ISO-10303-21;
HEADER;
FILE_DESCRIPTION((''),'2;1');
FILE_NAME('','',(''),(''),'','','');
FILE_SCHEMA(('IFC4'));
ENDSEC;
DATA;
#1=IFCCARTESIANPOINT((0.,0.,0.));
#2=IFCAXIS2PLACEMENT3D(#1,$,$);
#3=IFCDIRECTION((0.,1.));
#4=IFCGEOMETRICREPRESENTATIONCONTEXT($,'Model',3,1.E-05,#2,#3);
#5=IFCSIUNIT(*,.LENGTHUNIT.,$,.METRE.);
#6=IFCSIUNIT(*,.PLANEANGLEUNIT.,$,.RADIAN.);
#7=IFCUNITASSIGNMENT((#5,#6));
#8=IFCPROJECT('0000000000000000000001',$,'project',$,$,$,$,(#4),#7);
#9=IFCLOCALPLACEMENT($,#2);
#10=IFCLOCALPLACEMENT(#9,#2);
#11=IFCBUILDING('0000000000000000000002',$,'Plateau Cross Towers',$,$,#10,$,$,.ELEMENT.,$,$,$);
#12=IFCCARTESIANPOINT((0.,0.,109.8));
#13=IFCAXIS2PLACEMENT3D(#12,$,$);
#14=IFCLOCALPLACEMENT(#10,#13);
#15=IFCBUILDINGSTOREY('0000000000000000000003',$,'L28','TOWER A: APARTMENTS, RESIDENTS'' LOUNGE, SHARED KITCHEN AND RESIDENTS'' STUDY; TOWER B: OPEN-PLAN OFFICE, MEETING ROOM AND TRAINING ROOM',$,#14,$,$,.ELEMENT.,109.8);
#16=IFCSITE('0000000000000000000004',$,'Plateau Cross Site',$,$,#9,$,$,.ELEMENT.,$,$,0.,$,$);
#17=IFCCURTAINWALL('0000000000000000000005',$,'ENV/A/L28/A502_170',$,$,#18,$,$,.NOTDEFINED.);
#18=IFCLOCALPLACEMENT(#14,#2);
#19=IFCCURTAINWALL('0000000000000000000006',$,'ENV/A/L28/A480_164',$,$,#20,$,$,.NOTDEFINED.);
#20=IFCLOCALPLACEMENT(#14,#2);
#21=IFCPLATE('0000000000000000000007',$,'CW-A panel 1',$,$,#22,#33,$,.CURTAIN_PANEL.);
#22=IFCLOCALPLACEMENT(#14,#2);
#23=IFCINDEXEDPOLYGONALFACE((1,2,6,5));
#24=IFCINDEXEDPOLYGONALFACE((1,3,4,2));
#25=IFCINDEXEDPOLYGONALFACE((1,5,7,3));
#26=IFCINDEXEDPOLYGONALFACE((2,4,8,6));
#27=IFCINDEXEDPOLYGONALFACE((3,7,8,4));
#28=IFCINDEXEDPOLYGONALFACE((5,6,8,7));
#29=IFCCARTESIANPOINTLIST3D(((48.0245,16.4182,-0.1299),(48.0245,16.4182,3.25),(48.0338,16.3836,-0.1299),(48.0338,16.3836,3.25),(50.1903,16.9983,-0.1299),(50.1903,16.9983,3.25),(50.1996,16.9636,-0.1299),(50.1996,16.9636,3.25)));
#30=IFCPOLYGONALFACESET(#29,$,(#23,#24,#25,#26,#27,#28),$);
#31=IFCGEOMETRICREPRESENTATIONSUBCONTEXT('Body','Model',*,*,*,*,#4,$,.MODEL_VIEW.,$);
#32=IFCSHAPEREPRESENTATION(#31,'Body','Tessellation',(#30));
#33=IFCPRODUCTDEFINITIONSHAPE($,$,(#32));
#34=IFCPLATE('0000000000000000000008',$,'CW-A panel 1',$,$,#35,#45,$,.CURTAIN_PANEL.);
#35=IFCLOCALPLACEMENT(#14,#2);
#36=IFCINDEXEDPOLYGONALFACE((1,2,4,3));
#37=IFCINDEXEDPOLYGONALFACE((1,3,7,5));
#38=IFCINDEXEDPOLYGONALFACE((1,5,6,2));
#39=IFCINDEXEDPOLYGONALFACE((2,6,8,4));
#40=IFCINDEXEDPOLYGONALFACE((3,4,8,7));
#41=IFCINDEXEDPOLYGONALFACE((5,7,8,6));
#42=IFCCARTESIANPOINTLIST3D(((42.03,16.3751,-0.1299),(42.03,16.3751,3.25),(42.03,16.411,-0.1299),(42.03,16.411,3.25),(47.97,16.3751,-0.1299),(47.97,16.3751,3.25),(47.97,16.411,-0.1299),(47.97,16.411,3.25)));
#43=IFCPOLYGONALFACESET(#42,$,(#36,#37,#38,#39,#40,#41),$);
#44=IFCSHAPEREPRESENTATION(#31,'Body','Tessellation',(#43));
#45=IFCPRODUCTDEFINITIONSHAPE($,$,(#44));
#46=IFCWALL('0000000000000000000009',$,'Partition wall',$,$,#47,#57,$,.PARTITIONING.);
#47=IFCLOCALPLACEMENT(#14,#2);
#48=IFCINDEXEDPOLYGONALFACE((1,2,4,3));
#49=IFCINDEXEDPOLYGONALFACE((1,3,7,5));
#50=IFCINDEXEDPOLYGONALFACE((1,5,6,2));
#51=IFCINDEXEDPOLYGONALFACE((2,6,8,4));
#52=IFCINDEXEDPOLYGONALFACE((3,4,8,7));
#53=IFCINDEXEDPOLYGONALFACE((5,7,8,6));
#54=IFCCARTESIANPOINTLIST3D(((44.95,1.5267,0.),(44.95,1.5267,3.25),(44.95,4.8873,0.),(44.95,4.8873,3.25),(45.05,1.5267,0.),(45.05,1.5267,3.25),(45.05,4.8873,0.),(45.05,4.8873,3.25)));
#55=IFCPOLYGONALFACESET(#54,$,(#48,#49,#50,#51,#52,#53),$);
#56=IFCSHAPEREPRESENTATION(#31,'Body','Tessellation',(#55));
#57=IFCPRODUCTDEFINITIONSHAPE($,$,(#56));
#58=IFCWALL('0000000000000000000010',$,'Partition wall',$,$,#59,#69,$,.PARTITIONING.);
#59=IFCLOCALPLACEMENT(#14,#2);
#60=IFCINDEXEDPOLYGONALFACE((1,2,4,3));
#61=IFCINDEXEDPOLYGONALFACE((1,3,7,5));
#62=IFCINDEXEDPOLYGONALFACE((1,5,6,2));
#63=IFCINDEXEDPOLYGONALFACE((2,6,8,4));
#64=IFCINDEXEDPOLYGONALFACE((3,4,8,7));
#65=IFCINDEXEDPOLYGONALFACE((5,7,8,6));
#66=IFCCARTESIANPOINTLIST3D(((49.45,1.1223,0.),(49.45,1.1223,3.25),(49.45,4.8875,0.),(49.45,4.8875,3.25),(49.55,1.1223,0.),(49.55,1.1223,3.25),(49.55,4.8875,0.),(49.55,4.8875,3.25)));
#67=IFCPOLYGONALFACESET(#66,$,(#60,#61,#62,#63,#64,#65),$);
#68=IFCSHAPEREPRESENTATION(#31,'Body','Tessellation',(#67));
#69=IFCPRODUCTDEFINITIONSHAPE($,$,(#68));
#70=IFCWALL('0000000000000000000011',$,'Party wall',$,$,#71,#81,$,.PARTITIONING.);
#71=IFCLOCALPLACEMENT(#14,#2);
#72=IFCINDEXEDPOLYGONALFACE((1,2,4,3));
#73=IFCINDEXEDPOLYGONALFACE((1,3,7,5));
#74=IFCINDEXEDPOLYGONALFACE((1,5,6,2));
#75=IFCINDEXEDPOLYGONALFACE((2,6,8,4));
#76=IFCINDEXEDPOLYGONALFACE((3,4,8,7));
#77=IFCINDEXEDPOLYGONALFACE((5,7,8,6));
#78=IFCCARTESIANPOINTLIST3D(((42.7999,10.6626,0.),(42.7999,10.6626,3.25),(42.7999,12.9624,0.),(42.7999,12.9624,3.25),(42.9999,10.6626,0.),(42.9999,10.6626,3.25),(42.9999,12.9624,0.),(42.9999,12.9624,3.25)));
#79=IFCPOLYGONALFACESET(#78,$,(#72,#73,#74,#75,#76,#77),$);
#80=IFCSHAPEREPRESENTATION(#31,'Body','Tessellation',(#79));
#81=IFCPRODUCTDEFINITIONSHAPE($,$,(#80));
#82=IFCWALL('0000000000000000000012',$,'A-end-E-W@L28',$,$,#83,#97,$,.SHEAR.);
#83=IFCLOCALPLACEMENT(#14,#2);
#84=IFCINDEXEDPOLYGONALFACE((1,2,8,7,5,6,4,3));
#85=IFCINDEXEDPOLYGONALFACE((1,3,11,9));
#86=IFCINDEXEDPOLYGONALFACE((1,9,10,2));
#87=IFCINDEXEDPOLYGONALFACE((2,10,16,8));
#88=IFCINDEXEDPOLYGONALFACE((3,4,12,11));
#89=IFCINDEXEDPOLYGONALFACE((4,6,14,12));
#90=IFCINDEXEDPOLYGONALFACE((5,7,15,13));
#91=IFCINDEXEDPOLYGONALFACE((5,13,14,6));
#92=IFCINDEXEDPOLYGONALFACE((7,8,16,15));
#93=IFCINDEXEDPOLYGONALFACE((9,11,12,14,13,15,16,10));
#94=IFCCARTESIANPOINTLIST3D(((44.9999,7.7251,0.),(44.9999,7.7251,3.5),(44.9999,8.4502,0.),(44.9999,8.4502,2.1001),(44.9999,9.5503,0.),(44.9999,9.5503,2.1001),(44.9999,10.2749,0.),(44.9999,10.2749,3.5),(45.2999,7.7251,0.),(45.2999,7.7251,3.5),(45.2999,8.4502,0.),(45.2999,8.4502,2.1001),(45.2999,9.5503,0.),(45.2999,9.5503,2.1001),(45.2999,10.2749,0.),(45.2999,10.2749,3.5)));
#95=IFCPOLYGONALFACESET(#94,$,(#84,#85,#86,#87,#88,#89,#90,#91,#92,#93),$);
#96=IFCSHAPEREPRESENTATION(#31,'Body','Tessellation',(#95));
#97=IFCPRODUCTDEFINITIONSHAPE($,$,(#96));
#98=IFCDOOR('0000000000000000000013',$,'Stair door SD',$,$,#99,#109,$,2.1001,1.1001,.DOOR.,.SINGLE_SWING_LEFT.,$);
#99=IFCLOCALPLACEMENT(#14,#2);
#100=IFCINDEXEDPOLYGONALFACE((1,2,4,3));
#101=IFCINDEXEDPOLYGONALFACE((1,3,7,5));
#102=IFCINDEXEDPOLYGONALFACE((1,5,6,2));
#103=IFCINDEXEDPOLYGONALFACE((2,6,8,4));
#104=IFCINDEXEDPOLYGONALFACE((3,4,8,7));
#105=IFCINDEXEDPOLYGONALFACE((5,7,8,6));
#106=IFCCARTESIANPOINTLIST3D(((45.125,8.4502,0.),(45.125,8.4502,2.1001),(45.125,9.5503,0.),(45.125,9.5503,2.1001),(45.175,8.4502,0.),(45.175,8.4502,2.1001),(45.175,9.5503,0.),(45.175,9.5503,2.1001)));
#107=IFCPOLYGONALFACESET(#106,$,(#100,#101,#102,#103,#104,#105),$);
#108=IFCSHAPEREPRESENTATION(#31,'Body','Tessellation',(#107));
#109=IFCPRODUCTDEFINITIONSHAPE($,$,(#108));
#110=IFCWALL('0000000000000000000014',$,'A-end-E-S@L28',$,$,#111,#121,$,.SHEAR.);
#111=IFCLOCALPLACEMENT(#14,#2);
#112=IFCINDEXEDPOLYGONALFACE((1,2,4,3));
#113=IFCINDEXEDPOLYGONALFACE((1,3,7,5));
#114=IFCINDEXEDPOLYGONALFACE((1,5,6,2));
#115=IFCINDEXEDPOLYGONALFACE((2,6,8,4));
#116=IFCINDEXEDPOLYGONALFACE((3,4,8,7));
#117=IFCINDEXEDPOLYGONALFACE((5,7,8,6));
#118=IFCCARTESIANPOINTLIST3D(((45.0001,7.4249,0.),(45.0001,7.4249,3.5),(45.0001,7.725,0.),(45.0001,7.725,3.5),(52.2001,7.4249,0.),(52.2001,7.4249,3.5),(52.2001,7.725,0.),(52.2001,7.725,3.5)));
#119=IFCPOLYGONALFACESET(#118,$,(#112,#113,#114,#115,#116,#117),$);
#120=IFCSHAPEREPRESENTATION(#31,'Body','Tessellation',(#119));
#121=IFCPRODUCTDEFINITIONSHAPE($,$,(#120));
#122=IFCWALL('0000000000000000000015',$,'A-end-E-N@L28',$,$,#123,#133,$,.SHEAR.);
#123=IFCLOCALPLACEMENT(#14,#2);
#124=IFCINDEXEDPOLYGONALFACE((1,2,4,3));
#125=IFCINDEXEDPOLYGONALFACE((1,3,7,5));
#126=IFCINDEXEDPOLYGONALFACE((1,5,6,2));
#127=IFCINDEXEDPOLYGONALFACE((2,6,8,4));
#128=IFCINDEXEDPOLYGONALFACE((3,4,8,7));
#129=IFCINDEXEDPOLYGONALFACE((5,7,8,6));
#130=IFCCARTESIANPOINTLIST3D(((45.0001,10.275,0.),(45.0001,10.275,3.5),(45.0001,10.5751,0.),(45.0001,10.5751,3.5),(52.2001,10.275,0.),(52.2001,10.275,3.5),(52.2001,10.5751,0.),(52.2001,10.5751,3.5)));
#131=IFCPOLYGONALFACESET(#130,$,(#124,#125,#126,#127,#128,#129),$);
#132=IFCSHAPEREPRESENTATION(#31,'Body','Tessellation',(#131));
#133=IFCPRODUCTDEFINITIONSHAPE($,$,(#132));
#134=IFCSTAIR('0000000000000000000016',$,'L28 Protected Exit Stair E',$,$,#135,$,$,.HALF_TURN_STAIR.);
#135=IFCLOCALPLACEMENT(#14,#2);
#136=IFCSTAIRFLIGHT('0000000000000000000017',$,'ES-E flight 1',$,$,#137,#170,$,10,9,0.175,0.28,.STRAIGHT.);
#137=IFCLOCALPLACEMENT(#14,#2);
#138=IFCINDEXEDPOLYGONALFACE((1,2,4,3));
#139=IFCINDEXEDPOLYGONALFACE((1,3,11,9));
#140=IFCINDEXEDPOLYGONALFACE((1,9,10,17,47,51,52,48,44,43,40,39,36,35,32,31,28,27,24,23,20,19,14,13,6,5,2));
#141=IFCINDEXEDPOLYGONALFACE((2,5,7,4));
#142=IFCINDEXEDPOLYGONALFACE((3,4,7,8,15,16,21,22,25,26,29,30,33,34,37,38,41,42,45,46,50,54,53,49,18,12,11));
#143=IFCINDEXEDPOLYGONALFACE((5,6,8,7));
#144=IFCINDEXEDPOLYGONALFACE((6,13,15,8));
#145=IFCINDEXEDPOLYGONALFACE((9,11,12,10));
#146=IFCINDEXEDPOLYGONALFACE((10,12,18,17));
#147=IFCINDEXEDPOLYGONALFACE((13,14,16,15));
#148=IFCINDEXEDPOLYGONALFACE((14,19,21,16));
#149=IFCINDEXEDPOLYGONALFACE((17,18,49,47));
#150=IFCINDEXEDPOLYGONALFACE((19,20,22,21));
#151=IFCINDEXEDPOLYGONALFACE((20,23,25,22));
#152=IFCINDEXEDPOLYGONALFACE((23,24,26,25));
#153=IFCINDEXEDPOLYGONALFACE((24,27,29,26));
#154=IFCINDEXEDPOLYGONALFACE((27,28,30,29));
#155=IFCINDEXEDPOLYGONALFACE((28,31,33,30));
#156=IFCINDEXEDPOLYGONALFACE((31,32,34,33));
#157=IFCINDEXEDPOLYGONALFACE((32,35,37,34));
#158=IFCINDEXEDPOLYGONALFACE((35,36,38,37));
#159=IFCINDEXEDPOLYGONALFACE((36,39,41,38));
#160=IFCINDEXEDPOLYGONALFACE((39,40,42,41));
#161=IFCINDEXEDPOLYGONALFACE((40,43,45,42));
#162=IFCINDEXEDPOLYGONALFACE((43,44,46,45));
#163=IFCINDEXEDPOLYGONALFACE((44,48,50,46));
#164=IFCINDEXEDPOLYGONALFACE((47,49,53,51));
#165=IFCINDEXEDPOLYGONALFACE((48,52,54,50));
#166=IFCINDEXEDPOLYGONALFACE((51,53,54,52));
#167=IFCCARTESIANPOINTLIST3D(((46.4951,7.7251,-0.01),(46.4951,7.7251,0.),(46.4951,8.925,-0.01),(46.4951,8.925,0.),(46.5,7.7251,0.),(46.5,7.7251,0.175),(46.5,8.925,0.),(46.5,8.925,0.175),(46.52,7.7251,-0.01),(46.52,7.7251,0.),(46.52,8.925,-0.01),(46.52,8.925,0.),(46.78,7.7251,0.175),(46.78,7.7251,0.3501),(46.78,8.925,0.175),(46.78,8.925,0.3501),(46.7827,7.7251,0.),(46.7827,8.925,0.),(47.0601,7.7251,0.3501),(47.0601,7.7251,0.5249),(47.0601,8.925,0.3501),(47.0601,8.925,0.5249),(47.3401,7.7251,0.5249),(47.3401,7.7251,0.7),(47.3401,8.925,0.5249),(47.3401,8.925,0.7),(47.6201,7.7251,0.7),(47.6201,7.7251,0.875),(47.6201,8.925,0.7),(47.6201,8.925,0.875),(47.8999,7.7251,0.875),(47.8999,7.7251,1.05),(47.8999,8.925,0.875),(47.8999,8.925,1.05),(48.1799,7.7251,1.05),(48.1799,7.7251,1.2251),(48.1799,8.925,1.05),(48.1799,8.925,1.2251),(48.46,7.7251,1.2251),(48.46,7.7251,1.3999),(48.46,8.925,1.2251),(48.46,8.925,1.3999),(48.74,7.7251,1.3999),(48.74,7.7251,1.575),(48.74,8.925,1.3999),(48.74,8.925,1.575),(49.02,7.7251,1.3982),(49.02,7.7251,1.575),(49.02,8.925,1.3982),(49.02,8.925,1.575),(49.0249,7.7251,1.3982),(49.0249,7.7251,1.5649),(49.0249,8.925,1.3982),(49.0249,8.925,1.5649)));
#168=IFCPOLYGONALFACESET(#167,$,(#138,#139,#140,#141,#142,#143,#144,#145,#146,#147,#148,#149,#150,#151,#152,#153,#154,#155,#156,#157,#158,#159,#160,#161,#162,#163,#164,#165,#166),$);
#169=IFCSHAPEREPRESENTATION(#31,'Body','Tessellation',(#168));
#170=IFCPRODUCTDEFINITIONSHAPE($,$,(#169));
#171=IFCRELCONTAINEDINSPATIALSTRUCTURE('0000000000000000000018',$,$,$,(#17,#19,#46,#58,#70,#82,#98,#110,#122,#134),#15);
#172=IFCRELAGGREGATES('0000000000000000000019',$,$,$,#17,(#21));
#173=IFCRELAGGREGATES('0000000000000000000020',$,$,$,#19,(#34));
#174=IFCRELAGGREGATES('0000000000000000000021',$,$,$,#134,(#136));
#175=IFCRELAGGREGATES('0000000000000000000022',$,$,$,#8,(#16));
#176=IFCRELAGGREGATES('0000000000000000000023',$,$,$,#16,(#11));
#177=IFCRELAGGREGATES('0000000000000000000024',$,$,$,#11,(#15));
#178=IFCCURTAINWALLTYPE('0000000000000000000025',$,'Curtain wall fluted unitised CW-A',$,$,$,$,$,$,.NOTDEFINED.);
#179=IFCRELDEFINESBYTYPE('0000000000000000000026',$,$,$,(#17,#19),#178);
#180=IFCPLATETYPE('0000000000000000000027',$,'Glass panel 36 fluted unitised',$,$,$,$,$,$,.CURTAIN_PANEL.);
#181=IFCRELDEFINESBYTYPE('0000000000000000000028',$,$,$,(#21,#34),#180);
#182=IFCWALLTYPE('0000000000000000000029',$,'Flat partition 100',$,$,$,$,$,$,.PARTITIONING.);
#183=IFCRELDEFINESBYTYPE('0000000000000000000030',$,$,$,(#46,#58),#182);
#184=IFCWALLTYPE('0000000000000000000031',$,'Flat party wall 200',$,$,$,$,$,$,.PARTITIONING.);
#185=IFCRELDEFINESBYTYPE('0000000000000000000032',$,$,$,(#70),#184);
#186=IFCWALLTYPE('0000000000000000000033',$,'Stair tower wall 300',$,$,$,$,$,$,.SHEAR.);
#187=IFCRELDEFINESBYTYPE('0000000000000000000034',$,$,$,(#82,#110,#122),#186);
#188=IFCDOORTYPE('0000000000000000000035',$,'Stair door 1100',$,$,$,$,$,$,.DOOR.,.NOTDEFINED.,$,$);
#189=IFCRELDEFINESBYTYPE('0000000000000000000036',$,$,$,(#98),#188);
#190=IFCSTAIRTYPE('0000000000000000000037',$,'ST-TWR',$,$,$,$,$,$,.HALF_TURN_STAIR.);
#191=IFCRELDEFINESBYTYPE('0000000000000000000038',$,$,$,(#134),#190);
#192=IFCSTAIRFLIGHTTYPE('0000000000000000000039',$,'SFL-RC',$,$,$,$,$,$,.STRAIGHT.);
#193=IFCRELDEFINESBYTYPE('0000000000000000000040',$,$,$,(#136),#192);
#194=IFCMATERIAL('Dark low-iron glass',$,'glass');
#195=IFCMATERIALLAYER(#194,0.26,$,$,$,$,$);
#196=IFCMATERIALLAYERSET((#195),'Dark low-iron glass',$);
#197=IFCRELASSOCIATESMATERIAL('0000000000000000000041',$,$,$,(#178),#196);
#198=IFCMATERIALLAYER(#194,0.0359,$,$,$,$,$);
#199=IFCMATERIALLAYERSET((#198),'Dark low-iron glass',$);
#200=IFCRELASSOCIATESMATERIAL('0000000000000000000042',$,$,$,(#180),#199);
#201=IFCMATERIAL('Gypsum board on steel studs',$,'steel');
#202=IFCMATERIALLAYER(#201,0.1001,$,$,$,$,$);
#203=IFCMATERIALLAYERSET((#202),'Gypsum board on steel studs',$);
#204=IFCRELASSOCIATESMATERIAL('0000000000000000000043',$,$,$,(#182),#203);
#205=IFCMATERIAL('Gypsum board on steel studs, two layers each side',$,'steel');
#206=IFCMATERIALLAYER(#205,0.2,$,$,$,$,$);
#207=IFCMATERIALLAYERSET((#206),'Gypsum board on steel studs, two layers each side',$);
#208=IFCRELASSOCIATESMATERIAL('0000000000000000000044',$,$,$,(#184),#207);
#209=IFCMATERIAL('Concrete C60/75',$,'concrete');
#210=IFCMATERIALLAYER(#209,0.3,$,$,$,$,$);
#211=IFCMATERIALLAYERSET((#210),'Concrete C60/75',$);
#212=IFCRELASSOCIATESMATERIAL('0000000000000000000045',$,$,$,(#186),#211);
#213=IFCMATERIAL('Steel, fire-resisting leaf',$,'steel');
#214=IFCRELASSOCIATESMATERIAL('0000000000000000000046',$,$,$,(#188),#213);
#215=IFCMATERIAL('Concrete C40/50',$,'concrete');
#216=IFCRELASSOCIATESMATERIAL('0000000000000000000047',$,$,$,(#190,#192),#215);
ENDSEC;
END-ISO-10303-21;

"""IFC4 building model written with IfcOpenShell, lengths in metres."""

from ifc_helpers import new_model, si_unit, direction, frame, frame_2d, origin, origin_2d, place, context, subcontext, project, spatial, polyline, rectangle, outline, extrude, material, layer, layer_set, type_object, element, fill, aggregate, save


model = new_model("IFC4")

# Units and contexts
model_context = context("Model", 3, precision=1e-05, world=origin(), true_north=direction((0.0, 1.0)))
body_context = subcontext(model_context, "Body", "Model", "MODEL_VIEW")
ifc_project = project(units=[si_unit("LENGTHUNIT", "METRE"), si_unit("PLANEANGLEUNIT", "RADIAN")], contexts=[model_context])

# Site, building, storey
site_placement = place(None, origin())
site = spatial("IfcSite", under=ifc_project, at=site_placement, Name="Plateau Cross Site", CompositionType="ELEMENT", RefElevation=0.0)
building_placement = place(site_placement, origin())
building = spatial("IfcBuilding", under=site, at=building_placement, Name="Plateau Cross Towers", CompositionType="ELEMENT")
storey_placement = place(building_placement, frame((0.0, 0.0, 109.8)))
storey = spatial("IfcBuildingStorey", under=building, at=storey_placement, Name="L28", Description="TOWER A: APARTMENTS, RESIDENTS' LOUNGE, SHARED KITCHEN AND RESIDENTS' STUDY; TOWER B: OPEN-PLAN OFFICE, MEETING ROOM AND TRAINING ROOM", CompositionType="ELEMENT", Elevation=109.8)

# Curtain walls
ifc_material_1 = material(Name="Dark low-iron glass", Category="glass")
ifc_layer_1 = layer(ifc_material_1, 0.26)
ifc_layer_set_1 = layer_set([ifc_layer_1], Name="Dark low-iron glass")
curtain_wall_type_1 = type_object("IfcCurtainWallType", Name="Curtain wall fluted unitised CW-A", PredefinedType="NOTDEFINED", material=ifc_layer_set_1)
curtain_wall_1_placement = place(storey_placement, origin())
curtain_wall_1 = element("IfcCurtainWall", 1, at=curtain_wall_1_placement, inside=storey, type_object=curtain_wall_type_1, Name="ENV/A/L28/A502_170", PredefinedType="NOTDEFINED")
curtain_wall_2_placement = place(storey_placement, origin())
curtain_wall_2 = element("IfcCurtainWall", 2, at=curtain_wall_2_placement, inside=storey, type_object=curtain_wall_type_1, Name="ENV/A/L28/A480_164", PredefinedType="NOTDEFINED")

# Shared definitions
ifc_layer_2 = layer(ifc_material_1, 0.0359)
ifc_layer_set_2 = layer_set([ifc_layer_2], Name="Dark low-iron glass")
plate_type_1 = type_object("IfcPlateType", Name="Glass panel 36 fluted unitised", PredefinedType="CURTAIN_PANEL", material=ifc_layer_set_2)

# Plates
plate_1_placement = place(storey_placement, frame((49.1121, 16.6909, -0.1299), z_axis=(0.0, 0.0, 1.0), x_axis=(-0.965958, -0.258699, 0.0)))
plate_1 = element("IfcPlate", 3, at=plate_1_placement, type_object=plate_type_1, Name="CW-A panel 1", PredefinedType="CURTAIN_PANEL", context=body_context, shape_type="SweptSolid", body=[
    extrude(rectangle(XDim=2.2422, YDim=0.0359, at=origin_2d()), origin(), (0.0, 0.0, 1.0), 3.3799),
])
aggregate(curtain_wall_1, [plate_1])
plate_2_placement = place(storey_placement, frame((45.0, 16.3931, -0.1299), z_axis=(0.0, 0.0, 1.0), x_axis=(-1.0, 0.0, 0.0)))
plate_2 = element("IfcPlate", 4, at=plate_2_placement, type_object=plate_type_1, Name="CW-A panel 1", PredefinedType="CURTAIN_PANEL", context=body_context, shape_type="SweptSolid", body=[
    extrude(rectangle(XDim=5.9399, YDim=0.0359, at=origin_2d()), origin(), (0.0, 0.0, 1.0), 3.3799),
])
aggregate(curtain_wall_2, [plate_2])

# Walls
ifc_material_2 = material(Name="Gypsum board on steel studs", Category="steel")
ifc_layer_3 = layer(ifc_material_2, 0.1001)
ifc_layer_set_3 = layer_set([ifc_layer_3], Name="Gypsum board on steel studs")
wall_type_1 = type_object("IfcWallType", Name="Flat partition 100", PredefinedType="PARTITIONING", material=ifc_layer_set_3)
wall_1_placement = place(storey_placement, frame((45.0, 1.5269, 0.0), z_axis=(0.0, 0.0, 1.0), x_axis=(0.0, 1.0, 0.0)))
element("IfcWall", 5, at=wall_1_placement, inside=storey, type_object=wall_type_1, Name="Partition wall", PredefinedType="PARTITIONING", context=body_context, shape_type="SweptSolid", body=[
    extrude(rectangle(XDim=3.3606, YDim=0.1001, at=frame_2d((1.6802, 0.0))), origin(), (0.0, 0.0, 1.0), 3.25),
])
wall_2_placement = place(storey_placement, frame((49.5, 1.1223, 0.0), z_axis=(0.0, 0.0, 1.0), x_axis=(0.0, 1.0, 0.0)))
element("IfcWall", 6, at=wall_2_placement, inside=storey, type_object=wall_type_1, Name="Partition wall", PredefinedType="PARTITIONING", context=body_context, shape_type="SweptSolid", body=[
    extrude(rectangle(XDim=3.7651, YDim=0.1001, at=frame_2d((1.8826, 0.0))), origin(), (0.0, 0.0, 1.0), 3.25),
])
ifc_material_3 = material(Name="Gypsum board on steel studs, two layers each side", Category="steel")
ifc_layer_4 = layer(ifc_material_3, 0.2)
ifc_layer_set_4 = layer_set([ifc_layer_4], Name="Gypsum board on steel studs, two layers each side")
wall_type_2 = type_object("IfcWallType", Name="Flat party wall 200", PredefinedType="PARTITIONING", material=ifc_layer_set_4)
wall_3_placement = place(storey_placement, frame((42.8999, 10.6626, 0.0), z_axis=(0.0, 0.0, 1.0), x_axis=(0.0, 1.0, 0.0)))
element("IfcWall", 7, at=wall_3_placement, inside=storey, type_object=wall_type_2, Name="Party wall", PredefinedType="PARTITIONING", context=body_context, shape_type="SweptSolid", body=[
    extrude(rectangle(XDim=2.2998, YDim=0.2, at=frame_2d((1.1499, 0.0))), origin(), (0.0, 0.0, 1.0), 3.25),
])

# Wall, opening, door
ifc_material_4 = material(Name="Concrete C60/75", Category="concrete")
ifc_layer_5 = layer(ifc_material_4, 0.3)
ifc_layer_set_5 = layer_set([ifc_layer_5], Name="Concrete C60/75")
wall_type_3 = type_object("IfcWallType", Name="Stair tower wall 300", PredefinedType="SHEAR", material=ifc_layer_set_5)
wall_4_placement = place(storey_placement, frame((45.1499, 7.7251, 0.0), z_axis=(0.0, 0.0, 1.0), x_axis=(0.0, 1.0, 0.0)))
wall_4 = element("IfcWall", 8, at=wall_4_placement, inside=storey, type_object=wall_type_3, Name="A-end-E-W@L28", PredefinedType="SHEAR", context=body_context, shape_type="SweptSolid", body=[
    extrude(rectangle(XDim=2.5498, YDim=0.3, at=frame_2d((1.2749, 0.0))), origin(), (0.0, 0.0, 1.0), 3.5),
])
opening_placement = place(wall_4_placement, frame((0.7251, 0.0, 0.0)))
opening = element("IfcOpeningElement", 9, at=opening_placement, cuts=wall_4, PredefinedType="OPENING", context=body_context, shape_type="SweptSolid", body=[
    extrude(rectangle(XDim=1.1001, YDim=2.1001, at=frame_2d((0.55, 1.05))), frame((0.0, 0.1599, 0.0), z_axis=(0.0, -1.0, 0.0), x_axis=(1.0, 0.0, 0.0)), (0.0, 0.0, 1.0), 0.3201),
])
ifc_material_5 = material(Name="Steel, fire-resisting leaf", Category="steel")
door_type = type_object("IfcDoorType", Name="Stair door 1100", OperationType="NOTDEFINED", PredefinedType="DOOR", material=ifc_material_5)
door_placement = place(opening_placement, origin())
door = element("IfcDoor", 10, at=door_placement, inside=storey, type_object=door_type, Name="Stair door SD", OperationType="SINGLE_SWING_LEFT", OverallHeight=2.1001, OverallWidth=1.1001, PredefinedType="DOOR", context=body_context, shape_type="SweptSolid", body=[
    extrude(rectangle(XDim=1.1001, YDim=2.1001, at=frame_2d((0.55, 1.05))), frame((0.0, 0.0249, 0.0), z_axis=(0.0, -1.0, 0.0), x_axis=(1.0, 0.0, 0.0)), (0.0, 0.0, 1.0), 0.05),
])
fill(opening, door)

# Walls
for number, where, z_axis, x_axis, name in (
    (11, (45.0, 7.575, 0.0), (0.0, 0.0, 1.0), (1.0, 0.0, 0.0), "A-end-E-S@L28"),
    (12, (45.0, 10.425, 0.0), (0.0, 0.0, 1.0), (1.0, 0.0, 0.0), "A-end-E-N@L28"),
):
    element("IfcWall", number, at=place(storey_placement, frame(where, z_axis=z_axis, x_axis=x_axis)), inside=storey, type_object=wall_type_3, Name=name, PredefinedType="SHEAR", context=body_context, shape_type="SweptSolid", body=[
        extrude(rectangle(XDim=7.2, YDim=0.3, at=frame_2d((3.6001, 0.0))), origin(), (0.0, 0.0, 1.0), 3.5),
    ])

# Stair, stair flight
ifc_material_6 = material(Name="Concrete C40/50", Category="concrete")
stair_type = type_object("IfcStairType", Name="ST-TWR", PredefinedType="HALF_TURN_STAIR", material=ifc_material_6)
stair_placement = place(storey_placement, origin())
stair = element("IfcStair", 13, at=stair_placement, inside=storey, type_object=stair_type, Name="L28 Protected Exit Stair E", PredefinedType="HALF_TURN_STAIR")
stair_flight_type = type_object("IfcStairFlightType", Name="SFL-RC", PredefinedType="STRAIGHT", material=ifc_material_6)
stair_flight_1_placement = place(storey_placement, frame((46.5, 8.325, 0.0), z_axis=(0.0, 0.0, 1.0), x_axis=(1.0, 0.0, 0.0)))
stair_flight_1 = element("IfcStairFlight", 14, at=stair_flight_1_placement, type_object=stair_flight_type, Name="ES-E flight 1", NumberOfRisers=10, NumberOfTreads=9, PredefinedType="STRAIGHT", RiserHeight=0.175, TreadLength=0.28, context=body_context, shape_type="SweptSolid", body=[
    extrude(outline(polyline([(-0.0049, -0.01), (-0.0049, 0.0), (0.0, 0.0), (0.0, 0.175), (0.28, 0.175), (0.28, 0.3501), (0.5601, 0.3501), (0.5601, 0.5249), (0.8401, 0.5249), (0.8401, 0.7), (1.1201, 0.7), (1.1201, 0.875), (1.3999, 0.875), (1.3999, 1.05), (1.6799, 1.05), (1.6799, 1.2251), (1.96, 1.2251), (1.96, 1.3999), (2.24, 1.3999), (2.24, 1.575), (2.52, 1.575), (2.5249, 1.5649), (2.5249, 1.3982), (2.52, 1.3982), (0.2827, 0.0), (0.02, 0.0), (0.02, -0.01), (-0.0049, -0.01)])), frame((0.0, 0.6001, 0.0), z_axis=(0.0, -1.0, 0.0), x_axis=(1.0, 0.0, 0.0)), (0.0, 0.0, 1.0), 1.2),
])
aggregate(stair, [stair_flight_1])

save(model, "model.ifc")
